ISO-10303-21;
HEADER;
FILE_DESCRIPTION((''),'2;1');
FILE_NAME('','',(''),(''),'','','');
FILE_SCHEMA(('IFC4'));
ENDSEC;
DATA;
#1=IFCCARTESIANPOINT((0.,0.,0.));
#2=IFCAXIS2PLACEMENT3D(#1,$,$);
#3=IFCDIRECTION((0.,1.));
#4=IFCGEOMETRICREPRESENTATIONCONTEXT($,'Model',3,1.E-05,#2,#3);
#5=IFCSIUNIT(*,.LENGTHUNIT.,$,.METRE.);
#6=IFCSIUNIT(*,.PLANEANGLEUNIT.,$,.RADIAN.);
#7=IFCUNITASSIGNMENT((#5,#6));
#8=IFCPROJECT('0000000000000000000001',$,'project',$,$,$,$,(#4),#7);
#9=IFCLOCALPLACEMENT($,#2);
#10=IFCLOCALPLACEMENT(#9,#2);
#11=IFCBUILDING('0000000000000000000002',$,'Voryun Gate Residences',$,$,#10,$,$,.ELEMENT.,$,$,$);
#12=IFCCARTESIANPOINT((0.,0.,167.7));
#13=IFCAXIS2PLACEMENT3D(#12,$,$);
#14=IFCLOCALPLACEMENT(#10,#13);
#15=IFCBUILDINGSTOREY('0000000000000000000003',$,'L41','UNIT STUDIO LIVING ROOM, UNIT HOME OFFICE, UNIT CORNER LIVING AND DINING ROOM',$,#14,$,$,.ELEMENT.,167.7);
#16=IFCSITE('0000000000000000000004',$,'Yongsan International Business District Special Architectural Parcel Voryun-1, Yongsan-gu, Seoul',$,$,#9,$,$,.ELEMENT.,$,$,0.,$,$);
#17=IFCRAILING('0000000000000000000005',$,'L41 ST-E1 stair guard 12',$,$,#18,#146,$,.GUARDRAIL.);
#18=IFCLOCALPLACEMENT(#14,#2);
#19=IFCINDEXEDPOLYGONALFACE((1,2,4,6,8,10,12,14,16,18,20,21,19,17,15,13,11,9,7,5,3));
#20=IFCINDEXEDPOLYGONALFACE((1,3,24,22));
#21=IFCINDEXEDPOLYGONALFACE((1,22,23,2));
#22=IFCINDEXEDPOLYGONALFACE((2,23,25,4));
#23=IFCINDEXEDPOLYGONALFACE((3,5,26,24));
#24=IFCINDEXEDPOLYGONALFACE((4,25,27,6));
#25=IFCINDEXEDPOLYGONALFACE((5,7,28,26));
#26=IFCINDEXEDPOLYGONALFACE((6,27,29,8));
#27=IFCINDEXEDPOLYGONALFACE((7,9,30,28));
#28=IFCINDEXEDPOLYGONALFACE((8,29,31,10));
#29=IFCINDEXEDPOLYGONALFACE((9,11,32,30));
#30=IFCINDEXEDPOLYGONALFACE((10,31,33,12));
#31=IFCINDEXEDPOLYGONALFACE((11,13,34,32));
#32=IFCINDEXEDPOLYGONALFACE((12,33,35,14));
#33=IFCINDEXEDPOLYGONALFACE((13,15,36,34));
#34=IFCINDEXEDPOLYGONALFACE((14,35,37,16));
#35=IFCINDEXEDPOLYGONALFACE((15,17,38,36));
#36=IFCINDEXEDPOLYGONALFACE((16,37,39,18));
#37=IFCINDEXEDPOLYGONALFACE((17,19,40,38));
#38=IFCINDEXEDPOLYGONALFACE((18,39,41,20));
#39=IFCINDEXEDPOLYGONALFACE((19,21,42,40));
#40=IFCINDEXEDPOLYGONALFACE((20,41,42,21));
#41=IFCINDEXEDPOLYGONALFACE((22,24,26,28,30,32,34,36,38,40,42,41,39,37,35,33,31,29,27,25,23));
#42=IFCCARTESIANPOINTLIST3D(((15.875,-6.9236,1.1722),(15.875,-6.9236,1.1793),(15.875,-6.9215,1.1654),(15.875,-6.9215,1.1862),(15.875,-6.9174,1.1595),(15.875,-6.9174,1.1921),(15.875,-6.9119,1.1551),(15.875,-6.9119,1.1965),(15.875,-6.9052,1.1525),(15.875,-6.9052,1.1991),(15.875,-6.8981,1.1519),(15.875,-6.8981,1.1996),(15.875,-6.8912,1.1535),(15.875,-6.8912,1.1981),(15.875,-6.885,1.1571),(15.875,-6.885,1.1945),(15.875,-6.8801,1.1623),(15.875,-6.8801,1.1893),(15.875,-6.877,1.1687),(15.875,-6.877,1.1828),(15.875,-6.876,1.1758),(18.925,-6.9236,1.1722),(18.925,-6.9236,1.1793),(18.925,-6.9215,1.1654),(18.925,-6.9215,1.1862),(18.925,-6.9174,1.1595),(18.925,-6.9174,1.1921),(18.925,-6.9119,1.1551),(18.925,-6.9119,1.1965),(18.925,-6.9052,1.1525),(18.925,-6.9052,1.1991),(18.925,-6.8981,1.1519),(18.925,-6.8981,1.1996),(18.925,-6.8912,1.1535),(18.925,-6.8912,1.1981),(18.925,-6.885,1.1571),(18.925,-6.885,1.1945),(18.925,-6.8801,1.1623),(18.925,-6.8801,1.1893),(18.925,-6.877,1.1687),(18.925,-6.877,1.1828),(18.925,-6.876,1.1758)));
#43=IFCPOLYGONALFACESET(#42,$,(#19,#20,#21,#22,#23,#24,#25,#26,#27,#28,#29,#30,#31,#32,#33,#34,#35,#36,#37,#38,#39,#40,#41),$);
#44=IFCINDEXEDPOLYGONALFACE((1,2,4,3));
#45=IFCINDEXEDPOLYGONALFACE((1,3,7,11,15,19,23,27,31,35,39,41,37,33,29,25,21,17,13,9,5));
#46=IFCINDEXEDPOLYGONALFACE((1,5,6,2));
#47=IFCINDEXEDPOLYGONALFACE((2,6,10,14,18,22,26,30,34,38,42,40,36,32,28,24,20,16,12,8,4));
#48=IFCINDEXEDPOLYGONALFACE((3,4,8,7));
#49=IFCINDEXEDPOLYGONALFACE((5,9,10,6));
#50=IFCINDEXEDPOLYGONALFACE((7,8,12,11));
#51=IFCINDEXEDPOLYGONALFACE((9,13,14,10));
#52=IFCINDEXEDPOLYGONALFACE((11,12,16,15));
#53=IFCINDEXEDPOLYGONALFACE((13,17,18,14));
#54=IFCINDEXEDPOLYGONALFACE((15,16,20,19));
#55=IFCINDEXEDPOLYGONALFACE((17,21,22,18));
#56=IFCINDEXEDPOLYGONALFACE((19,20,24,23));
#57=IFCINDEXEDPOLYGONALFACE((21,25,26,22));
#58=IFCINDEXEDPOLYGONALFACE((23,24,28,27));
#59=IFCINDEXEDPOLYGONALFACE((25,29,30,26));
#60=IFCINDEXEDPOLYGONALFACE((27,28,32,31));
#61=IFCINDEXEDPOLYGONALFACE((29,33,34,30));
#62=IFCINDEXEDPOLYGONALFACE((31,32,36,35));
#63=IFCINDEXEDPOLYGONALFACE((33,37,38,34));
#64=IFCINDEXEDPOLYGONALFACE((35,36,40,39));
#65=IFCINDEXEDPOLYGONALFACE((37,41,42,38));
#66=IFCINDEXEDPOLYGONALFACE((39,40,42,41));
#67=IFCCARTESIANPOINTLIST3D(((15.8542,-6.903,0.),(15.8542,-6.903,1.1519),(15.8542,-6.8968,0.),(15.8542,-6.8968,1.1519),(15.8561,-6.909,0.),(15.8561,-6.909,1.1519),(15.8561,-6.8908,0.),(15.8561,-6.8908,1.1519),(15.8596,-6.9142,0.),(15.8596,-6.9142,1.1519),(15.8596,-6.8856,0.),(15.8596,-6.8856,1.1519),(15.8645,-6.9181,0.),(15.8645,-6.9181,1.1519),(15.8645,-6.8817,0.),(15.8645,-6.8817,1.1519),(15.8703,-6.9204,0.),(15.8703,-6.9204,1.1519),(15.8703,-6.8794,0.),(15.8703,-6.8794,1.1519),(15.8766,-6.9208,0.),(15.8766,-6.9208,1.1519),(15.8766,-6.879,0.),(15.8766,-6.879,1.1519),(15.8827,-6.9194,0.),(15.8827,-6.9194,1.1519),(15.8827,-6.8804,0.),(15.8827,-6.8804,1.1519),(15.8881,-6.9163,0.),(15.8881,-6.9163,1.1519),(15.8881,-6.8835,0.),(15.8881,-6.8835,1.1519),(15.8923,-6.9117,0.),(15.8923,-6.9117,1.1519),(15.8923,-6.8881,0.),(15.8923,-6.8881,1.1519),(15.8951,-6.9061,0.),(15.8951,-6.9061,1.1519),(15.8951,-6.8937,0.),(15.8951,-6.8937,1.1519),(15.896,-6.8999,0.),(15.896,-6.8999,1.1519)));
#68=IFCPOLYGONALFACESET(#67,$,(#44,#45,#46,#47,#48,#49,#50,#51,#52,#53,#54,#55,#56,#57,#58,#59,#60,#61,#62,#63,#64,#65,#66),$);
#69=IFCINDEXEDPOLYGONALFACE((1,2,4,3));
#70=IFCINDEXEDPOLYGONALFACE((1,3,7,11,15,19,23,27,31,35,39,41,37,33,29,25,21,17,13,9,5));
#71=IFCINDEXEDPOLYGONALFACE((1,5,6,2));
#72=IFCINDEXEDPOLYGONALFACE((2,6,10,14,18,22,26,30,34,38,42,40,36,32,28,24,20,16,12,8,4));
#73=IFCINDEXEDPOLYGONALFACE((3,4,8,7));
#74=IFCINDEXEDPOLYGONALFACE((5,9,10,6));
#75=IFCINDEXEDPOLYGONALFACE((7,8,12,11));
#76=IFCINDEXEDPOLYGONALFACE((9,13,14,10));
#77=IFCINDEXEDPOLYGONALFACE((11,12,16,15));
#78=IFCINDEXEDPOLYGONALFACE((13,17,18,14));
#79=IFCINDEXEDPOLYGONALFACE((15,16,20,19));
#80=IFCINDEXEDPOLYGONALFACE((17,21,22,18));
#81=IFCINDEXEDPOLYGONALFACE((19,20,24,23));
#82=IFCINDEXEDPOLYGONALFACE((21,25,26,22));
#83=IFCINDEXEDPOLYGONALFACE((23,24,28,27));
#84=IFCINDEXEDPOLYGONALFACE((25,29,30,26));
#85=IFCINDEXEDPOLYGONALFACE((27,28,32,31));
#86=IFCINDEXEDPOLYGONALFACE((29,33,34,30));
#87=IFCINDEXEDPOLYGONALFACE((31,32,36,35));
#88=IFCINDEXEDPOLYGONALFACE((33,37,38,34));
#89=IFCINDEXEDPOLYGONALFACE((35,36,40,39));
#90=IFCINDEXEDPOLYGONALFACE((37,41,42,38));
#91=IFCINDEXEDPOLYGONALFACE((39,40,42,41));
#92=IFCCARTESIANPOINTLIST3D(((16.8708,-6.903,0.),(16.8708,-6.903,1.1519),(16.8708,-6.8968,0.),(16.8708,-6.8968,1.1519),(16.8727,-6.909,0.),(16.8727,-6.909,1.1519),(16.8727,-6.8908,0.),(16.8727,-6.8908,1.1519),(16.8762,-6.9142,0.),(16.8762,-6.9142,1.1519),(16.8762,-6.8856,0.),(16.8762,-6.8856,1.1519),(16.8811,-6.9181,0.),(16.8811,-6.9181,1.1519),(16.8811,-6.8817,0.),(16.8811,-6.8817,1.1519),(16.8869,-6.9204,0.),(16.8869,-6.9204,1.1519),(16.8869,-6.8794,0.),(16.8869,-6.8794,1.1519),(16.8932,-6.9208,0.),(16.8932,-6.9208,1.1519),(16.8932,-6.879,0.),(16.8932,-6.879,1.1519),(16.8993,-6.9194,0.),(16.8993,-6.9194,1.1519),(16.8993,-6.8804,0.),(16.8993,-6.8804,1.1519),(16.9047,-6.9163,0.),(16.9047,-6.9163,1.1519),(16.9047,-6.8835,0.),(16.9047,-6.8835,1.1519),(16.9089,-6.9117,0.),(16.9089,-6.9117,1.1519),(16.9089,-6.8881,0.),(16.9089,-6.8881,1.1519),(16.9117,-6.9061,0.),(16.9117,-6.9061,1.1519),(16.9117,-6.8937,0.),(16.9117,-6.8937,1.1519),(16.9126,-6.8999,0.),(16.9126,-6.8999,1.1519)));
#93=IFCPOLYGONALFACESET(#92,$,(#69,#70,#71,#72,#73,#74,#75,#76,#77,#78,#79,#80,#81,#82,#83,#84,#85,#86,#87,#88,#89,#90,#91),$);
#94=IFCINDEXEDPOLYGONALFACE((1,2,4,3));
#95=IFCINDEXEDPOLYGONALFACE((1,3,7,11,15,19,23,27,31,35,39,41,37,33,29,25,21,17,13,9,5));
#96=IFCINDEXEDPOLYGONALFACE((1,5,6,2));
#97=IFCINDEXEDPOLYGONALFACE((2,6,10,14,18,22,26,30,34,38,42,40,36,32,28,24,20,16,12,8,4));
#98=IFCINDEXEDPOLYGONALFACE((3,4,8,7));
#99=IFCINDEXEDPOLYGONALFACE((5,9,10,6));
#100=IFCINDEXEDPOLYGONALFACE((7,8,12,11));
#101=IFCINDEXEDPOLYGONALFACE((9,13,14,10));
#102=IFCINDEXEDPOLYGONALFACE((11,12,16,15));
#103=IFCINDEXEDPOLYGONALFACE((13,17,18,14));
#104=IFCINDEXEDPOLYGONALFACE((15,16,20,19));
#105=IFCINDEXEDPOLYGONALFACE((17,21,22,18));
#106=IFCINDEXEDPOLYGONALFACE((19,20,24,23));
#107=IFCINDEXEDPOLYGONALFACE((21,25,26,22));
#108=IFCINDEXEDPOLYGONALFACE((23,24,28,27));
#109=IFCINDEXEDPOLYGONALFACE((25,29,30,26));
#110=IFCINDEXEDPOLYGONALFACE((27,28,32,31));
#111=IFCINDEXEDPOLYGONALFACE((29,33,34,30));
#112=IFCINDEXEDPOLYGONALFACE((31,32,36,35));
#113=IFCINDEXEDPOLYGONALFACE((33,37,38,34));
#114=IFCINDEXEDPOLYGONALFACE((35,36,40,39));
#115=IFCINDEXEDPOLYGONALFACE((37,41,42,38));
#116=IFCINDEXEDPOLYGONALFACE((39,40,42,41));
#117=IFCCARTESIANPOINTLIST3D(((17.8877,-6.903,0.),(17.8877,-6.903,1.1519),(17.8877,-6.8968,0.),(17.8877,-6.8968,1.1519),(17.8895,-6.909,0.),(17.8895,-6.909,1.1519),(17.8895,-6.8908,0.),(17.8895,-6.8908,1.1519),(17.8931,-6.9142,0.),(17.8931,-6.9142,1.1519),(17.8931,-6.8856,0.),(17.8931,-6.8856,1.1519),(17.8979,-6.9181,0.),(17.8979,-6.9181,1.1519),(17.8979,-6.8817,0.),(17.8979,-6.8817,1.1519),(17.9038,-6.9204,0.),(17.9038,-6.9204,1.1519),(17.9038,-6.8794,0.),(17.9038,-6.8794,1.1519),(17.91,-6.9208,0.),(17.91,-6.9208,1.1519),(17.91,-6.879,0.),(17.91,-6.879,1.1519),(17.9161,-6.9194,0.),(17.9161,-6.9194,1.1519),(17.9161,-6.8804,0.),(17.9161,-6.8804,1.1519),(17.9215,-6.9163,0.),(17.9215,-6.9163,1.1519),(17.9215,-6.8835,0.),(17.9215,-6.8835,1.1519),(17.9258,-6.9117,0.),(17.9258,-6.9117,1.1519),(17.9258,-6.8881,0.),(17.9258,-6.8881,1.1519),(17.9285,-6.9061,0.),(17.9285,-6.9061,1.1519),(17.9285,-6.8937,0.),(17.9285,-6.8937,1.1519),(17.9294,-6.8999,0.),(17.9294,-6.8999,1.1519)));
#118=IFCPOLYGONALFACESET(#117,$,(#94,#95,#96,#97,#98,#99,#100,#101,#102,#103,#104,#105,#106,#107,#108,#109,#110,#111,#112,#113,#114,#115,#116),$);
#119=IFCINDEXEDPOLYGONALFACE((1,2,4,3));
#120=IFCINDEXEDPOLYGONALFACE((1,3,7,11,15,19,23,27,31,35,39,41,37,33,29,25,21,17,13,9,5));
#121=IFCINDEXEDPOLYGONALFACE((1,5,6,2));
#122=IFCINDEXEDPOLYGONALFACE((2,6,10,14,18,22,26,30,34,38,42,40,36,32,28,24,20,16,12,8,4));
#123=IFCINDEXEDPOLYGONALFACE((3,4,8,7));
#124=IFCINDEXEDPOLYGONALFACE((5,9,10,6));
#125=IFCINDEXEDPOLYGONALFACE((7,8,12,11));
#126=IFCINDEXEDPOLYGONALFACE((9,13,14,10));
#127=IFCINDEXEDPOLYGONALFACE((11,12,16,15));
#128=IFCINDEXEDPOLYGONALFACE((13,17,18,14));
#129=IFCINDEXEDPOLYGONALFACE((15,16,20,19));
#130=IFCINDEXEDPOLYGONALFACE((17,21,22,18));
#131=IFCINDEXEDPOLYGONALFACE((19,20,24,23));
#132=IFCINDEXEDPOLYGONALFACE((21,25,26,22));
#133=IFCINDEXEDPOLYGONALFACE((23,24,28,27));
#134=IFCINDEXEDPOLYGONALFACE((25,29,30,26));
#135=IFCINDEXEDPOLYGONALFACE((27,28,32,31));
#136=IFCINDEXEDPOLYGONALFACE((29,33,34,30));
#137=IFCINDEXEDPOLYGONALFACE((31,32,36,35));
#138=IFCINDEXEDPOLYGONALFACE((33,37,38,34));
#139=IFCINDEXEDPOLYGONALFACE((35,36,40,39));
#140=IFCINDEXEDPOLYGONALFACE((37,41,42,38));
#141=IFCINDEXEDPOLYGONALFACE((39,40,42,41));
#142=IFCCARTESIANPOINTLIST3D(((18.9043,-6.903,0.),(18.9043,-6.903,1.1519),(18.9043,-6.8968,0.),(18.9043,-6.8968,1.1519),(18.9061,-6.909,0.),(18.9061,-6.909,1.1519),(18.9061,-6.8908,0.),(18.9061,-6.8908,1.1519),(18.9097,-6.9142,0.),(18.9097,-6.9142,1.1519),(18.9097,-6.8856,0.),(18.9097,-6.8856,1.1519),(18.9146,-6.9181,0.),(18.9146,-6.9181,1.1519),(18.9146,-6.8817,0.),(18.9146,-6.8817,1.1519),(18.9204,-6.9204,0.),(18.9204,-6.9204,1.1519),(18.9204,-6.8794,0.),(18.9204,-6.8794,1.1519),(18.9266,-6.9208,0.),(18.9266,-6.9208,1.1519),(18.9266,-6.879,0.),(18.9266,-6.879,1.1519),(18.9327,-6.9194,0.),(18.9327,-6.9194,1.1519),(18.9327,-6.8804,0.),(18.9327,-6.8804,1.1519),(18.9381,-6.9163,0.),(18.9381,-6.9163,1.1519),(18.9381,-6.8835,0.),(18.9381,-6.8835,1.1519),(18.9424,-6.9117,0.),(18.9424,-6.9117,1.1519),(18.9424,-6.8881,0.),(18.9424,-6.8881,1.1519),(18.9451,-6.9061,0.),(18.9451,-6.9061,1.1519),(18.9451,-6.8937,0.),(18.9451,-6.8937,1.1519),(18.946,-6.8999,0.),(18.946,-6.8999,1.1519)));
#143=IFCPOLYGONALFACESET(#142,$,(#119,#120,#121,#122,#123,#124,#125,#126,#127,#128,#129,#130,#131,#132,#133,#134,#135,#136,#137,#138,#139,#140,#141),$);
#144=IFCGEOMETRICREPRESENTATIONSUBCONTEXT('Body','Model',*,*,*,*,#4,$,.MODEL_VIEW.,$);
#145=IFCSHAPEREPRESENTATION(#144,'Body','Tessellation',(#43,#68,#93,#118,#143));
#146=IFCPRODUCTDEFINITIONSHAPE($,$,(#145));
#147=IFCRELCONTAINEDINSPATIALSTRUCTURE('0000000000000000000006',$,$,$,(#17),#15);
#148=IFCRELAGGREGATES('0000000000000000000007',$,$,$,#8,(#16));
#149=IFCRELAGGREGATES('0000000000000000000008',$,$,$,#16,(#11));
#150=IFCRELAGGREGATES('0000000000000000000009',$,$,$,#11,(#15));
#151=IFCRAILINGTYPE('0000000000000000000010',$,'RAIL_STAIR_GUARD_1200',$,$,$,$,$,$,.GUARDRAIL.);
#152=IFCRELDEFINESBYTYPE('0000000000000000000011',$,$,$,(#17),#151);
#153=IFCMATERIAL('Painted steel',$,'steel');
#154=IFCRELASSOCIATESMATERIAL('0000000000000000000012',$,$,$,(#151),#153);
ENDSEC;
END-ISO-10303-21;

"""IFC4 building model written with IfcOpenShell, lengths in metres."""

from ifc_helpers import new_model, si_unit, direction, frame, origin, origin_2d, place, context, subcontext, project, spatial, circle, extrude, material, type_object, element, save


model = new_model("IFC4")

# Units and contexts
model_context = context("Model", 3, precision=1e-05, world=origin(), true_north=direction((0.0, 1.0)))
body_context = subcontext(model_context, "Body", "Model", "MODEL_VIEW")
ifc_project = project(units=[si_unit("LENGTHUNIT", "METRE"), si_unit("PLANEANGLEUNIT", "RADIAN")], contexts=[model_context])

# Site, building, storey
site_placement = place(None, origin())
site = spatial("IfcSite", under=ifc_project, at=site_placement, Name="Yongsan International Business District Special Architectural Parcel Voryun-1, Yongsan-gu, Seoul", CompositionType="ELEMENT", RefElevation=0.0)
building_placement = place(site_placement, origin())
building = spatial("IfcBuilding", under=site, at=building_placement, Name="Voryun Gate Residences", CompositionType="ELEMENT")
storey_placement = place(building_placement, frame((0.0, 0.0, 167.7)))
storey = spatial("IfcBuildingStorey", under=building, at=storey_placement, Name="L41", Description="UNIT STUDIO LIVING ROOM, UNIT HOME OFFICE, UNIT CORNER LIVING AND DINING ROOM", CompositionType="ELEMENT", Elevation=167.7)

# Railing
ifc_material_1 = material(Name="Painted steel", Category="steel")
railing_type_1 = type_object("IfcRailingType", Name="RAIL_STAIR_GUARD_1200", PredefinedType="GUARDRAIL", material=ifc_material_1)
railing_1_placement = place(storey_placement, frame((15.875, -6.8999, 0.0)))
element("IfcRailing", 1, at=railing_1_placement, inside=storey, type_object=railing_type_1, Name="L41 ST-E1 stair guard 12", PredefinedType="GUARDRAIL", context=body_context, shape_type="SweptSolid", body=[
    extrude(circle(Radius=0.0239, at=origin_2d()), frame((0.0, 0.0, 1.1758), z_axis=(1.0, 0.0, 0.0), x_axis=(0.0, 1.0, 0.0)), (0.0, 0.0, 1.0), 3.05),
    extrude(circle(Radius=0.021, at=origin_2d()), origin(), (0.0, 0.0, 1.0), 1.1519),
    extrude(circle(Radius=0.021, at=origin_2d()), frame((1.0166, 0.0, 0.0)), (0.0, 0.0, 1.0), 1.1519),
    extrude(circle(Radius=0.021, at=origin_2d()), frame((2.0334, 0.0, 0.0)), (0.0, 0.0, 1.0), 1.1519),
    extrude(circle(Radius=0.021, at=origin_2d()), frame((3.05, 0.0, 0.0)), (0.0, 0.0, 1.0), 1.1519),
])

save(model, "model.ifc")
